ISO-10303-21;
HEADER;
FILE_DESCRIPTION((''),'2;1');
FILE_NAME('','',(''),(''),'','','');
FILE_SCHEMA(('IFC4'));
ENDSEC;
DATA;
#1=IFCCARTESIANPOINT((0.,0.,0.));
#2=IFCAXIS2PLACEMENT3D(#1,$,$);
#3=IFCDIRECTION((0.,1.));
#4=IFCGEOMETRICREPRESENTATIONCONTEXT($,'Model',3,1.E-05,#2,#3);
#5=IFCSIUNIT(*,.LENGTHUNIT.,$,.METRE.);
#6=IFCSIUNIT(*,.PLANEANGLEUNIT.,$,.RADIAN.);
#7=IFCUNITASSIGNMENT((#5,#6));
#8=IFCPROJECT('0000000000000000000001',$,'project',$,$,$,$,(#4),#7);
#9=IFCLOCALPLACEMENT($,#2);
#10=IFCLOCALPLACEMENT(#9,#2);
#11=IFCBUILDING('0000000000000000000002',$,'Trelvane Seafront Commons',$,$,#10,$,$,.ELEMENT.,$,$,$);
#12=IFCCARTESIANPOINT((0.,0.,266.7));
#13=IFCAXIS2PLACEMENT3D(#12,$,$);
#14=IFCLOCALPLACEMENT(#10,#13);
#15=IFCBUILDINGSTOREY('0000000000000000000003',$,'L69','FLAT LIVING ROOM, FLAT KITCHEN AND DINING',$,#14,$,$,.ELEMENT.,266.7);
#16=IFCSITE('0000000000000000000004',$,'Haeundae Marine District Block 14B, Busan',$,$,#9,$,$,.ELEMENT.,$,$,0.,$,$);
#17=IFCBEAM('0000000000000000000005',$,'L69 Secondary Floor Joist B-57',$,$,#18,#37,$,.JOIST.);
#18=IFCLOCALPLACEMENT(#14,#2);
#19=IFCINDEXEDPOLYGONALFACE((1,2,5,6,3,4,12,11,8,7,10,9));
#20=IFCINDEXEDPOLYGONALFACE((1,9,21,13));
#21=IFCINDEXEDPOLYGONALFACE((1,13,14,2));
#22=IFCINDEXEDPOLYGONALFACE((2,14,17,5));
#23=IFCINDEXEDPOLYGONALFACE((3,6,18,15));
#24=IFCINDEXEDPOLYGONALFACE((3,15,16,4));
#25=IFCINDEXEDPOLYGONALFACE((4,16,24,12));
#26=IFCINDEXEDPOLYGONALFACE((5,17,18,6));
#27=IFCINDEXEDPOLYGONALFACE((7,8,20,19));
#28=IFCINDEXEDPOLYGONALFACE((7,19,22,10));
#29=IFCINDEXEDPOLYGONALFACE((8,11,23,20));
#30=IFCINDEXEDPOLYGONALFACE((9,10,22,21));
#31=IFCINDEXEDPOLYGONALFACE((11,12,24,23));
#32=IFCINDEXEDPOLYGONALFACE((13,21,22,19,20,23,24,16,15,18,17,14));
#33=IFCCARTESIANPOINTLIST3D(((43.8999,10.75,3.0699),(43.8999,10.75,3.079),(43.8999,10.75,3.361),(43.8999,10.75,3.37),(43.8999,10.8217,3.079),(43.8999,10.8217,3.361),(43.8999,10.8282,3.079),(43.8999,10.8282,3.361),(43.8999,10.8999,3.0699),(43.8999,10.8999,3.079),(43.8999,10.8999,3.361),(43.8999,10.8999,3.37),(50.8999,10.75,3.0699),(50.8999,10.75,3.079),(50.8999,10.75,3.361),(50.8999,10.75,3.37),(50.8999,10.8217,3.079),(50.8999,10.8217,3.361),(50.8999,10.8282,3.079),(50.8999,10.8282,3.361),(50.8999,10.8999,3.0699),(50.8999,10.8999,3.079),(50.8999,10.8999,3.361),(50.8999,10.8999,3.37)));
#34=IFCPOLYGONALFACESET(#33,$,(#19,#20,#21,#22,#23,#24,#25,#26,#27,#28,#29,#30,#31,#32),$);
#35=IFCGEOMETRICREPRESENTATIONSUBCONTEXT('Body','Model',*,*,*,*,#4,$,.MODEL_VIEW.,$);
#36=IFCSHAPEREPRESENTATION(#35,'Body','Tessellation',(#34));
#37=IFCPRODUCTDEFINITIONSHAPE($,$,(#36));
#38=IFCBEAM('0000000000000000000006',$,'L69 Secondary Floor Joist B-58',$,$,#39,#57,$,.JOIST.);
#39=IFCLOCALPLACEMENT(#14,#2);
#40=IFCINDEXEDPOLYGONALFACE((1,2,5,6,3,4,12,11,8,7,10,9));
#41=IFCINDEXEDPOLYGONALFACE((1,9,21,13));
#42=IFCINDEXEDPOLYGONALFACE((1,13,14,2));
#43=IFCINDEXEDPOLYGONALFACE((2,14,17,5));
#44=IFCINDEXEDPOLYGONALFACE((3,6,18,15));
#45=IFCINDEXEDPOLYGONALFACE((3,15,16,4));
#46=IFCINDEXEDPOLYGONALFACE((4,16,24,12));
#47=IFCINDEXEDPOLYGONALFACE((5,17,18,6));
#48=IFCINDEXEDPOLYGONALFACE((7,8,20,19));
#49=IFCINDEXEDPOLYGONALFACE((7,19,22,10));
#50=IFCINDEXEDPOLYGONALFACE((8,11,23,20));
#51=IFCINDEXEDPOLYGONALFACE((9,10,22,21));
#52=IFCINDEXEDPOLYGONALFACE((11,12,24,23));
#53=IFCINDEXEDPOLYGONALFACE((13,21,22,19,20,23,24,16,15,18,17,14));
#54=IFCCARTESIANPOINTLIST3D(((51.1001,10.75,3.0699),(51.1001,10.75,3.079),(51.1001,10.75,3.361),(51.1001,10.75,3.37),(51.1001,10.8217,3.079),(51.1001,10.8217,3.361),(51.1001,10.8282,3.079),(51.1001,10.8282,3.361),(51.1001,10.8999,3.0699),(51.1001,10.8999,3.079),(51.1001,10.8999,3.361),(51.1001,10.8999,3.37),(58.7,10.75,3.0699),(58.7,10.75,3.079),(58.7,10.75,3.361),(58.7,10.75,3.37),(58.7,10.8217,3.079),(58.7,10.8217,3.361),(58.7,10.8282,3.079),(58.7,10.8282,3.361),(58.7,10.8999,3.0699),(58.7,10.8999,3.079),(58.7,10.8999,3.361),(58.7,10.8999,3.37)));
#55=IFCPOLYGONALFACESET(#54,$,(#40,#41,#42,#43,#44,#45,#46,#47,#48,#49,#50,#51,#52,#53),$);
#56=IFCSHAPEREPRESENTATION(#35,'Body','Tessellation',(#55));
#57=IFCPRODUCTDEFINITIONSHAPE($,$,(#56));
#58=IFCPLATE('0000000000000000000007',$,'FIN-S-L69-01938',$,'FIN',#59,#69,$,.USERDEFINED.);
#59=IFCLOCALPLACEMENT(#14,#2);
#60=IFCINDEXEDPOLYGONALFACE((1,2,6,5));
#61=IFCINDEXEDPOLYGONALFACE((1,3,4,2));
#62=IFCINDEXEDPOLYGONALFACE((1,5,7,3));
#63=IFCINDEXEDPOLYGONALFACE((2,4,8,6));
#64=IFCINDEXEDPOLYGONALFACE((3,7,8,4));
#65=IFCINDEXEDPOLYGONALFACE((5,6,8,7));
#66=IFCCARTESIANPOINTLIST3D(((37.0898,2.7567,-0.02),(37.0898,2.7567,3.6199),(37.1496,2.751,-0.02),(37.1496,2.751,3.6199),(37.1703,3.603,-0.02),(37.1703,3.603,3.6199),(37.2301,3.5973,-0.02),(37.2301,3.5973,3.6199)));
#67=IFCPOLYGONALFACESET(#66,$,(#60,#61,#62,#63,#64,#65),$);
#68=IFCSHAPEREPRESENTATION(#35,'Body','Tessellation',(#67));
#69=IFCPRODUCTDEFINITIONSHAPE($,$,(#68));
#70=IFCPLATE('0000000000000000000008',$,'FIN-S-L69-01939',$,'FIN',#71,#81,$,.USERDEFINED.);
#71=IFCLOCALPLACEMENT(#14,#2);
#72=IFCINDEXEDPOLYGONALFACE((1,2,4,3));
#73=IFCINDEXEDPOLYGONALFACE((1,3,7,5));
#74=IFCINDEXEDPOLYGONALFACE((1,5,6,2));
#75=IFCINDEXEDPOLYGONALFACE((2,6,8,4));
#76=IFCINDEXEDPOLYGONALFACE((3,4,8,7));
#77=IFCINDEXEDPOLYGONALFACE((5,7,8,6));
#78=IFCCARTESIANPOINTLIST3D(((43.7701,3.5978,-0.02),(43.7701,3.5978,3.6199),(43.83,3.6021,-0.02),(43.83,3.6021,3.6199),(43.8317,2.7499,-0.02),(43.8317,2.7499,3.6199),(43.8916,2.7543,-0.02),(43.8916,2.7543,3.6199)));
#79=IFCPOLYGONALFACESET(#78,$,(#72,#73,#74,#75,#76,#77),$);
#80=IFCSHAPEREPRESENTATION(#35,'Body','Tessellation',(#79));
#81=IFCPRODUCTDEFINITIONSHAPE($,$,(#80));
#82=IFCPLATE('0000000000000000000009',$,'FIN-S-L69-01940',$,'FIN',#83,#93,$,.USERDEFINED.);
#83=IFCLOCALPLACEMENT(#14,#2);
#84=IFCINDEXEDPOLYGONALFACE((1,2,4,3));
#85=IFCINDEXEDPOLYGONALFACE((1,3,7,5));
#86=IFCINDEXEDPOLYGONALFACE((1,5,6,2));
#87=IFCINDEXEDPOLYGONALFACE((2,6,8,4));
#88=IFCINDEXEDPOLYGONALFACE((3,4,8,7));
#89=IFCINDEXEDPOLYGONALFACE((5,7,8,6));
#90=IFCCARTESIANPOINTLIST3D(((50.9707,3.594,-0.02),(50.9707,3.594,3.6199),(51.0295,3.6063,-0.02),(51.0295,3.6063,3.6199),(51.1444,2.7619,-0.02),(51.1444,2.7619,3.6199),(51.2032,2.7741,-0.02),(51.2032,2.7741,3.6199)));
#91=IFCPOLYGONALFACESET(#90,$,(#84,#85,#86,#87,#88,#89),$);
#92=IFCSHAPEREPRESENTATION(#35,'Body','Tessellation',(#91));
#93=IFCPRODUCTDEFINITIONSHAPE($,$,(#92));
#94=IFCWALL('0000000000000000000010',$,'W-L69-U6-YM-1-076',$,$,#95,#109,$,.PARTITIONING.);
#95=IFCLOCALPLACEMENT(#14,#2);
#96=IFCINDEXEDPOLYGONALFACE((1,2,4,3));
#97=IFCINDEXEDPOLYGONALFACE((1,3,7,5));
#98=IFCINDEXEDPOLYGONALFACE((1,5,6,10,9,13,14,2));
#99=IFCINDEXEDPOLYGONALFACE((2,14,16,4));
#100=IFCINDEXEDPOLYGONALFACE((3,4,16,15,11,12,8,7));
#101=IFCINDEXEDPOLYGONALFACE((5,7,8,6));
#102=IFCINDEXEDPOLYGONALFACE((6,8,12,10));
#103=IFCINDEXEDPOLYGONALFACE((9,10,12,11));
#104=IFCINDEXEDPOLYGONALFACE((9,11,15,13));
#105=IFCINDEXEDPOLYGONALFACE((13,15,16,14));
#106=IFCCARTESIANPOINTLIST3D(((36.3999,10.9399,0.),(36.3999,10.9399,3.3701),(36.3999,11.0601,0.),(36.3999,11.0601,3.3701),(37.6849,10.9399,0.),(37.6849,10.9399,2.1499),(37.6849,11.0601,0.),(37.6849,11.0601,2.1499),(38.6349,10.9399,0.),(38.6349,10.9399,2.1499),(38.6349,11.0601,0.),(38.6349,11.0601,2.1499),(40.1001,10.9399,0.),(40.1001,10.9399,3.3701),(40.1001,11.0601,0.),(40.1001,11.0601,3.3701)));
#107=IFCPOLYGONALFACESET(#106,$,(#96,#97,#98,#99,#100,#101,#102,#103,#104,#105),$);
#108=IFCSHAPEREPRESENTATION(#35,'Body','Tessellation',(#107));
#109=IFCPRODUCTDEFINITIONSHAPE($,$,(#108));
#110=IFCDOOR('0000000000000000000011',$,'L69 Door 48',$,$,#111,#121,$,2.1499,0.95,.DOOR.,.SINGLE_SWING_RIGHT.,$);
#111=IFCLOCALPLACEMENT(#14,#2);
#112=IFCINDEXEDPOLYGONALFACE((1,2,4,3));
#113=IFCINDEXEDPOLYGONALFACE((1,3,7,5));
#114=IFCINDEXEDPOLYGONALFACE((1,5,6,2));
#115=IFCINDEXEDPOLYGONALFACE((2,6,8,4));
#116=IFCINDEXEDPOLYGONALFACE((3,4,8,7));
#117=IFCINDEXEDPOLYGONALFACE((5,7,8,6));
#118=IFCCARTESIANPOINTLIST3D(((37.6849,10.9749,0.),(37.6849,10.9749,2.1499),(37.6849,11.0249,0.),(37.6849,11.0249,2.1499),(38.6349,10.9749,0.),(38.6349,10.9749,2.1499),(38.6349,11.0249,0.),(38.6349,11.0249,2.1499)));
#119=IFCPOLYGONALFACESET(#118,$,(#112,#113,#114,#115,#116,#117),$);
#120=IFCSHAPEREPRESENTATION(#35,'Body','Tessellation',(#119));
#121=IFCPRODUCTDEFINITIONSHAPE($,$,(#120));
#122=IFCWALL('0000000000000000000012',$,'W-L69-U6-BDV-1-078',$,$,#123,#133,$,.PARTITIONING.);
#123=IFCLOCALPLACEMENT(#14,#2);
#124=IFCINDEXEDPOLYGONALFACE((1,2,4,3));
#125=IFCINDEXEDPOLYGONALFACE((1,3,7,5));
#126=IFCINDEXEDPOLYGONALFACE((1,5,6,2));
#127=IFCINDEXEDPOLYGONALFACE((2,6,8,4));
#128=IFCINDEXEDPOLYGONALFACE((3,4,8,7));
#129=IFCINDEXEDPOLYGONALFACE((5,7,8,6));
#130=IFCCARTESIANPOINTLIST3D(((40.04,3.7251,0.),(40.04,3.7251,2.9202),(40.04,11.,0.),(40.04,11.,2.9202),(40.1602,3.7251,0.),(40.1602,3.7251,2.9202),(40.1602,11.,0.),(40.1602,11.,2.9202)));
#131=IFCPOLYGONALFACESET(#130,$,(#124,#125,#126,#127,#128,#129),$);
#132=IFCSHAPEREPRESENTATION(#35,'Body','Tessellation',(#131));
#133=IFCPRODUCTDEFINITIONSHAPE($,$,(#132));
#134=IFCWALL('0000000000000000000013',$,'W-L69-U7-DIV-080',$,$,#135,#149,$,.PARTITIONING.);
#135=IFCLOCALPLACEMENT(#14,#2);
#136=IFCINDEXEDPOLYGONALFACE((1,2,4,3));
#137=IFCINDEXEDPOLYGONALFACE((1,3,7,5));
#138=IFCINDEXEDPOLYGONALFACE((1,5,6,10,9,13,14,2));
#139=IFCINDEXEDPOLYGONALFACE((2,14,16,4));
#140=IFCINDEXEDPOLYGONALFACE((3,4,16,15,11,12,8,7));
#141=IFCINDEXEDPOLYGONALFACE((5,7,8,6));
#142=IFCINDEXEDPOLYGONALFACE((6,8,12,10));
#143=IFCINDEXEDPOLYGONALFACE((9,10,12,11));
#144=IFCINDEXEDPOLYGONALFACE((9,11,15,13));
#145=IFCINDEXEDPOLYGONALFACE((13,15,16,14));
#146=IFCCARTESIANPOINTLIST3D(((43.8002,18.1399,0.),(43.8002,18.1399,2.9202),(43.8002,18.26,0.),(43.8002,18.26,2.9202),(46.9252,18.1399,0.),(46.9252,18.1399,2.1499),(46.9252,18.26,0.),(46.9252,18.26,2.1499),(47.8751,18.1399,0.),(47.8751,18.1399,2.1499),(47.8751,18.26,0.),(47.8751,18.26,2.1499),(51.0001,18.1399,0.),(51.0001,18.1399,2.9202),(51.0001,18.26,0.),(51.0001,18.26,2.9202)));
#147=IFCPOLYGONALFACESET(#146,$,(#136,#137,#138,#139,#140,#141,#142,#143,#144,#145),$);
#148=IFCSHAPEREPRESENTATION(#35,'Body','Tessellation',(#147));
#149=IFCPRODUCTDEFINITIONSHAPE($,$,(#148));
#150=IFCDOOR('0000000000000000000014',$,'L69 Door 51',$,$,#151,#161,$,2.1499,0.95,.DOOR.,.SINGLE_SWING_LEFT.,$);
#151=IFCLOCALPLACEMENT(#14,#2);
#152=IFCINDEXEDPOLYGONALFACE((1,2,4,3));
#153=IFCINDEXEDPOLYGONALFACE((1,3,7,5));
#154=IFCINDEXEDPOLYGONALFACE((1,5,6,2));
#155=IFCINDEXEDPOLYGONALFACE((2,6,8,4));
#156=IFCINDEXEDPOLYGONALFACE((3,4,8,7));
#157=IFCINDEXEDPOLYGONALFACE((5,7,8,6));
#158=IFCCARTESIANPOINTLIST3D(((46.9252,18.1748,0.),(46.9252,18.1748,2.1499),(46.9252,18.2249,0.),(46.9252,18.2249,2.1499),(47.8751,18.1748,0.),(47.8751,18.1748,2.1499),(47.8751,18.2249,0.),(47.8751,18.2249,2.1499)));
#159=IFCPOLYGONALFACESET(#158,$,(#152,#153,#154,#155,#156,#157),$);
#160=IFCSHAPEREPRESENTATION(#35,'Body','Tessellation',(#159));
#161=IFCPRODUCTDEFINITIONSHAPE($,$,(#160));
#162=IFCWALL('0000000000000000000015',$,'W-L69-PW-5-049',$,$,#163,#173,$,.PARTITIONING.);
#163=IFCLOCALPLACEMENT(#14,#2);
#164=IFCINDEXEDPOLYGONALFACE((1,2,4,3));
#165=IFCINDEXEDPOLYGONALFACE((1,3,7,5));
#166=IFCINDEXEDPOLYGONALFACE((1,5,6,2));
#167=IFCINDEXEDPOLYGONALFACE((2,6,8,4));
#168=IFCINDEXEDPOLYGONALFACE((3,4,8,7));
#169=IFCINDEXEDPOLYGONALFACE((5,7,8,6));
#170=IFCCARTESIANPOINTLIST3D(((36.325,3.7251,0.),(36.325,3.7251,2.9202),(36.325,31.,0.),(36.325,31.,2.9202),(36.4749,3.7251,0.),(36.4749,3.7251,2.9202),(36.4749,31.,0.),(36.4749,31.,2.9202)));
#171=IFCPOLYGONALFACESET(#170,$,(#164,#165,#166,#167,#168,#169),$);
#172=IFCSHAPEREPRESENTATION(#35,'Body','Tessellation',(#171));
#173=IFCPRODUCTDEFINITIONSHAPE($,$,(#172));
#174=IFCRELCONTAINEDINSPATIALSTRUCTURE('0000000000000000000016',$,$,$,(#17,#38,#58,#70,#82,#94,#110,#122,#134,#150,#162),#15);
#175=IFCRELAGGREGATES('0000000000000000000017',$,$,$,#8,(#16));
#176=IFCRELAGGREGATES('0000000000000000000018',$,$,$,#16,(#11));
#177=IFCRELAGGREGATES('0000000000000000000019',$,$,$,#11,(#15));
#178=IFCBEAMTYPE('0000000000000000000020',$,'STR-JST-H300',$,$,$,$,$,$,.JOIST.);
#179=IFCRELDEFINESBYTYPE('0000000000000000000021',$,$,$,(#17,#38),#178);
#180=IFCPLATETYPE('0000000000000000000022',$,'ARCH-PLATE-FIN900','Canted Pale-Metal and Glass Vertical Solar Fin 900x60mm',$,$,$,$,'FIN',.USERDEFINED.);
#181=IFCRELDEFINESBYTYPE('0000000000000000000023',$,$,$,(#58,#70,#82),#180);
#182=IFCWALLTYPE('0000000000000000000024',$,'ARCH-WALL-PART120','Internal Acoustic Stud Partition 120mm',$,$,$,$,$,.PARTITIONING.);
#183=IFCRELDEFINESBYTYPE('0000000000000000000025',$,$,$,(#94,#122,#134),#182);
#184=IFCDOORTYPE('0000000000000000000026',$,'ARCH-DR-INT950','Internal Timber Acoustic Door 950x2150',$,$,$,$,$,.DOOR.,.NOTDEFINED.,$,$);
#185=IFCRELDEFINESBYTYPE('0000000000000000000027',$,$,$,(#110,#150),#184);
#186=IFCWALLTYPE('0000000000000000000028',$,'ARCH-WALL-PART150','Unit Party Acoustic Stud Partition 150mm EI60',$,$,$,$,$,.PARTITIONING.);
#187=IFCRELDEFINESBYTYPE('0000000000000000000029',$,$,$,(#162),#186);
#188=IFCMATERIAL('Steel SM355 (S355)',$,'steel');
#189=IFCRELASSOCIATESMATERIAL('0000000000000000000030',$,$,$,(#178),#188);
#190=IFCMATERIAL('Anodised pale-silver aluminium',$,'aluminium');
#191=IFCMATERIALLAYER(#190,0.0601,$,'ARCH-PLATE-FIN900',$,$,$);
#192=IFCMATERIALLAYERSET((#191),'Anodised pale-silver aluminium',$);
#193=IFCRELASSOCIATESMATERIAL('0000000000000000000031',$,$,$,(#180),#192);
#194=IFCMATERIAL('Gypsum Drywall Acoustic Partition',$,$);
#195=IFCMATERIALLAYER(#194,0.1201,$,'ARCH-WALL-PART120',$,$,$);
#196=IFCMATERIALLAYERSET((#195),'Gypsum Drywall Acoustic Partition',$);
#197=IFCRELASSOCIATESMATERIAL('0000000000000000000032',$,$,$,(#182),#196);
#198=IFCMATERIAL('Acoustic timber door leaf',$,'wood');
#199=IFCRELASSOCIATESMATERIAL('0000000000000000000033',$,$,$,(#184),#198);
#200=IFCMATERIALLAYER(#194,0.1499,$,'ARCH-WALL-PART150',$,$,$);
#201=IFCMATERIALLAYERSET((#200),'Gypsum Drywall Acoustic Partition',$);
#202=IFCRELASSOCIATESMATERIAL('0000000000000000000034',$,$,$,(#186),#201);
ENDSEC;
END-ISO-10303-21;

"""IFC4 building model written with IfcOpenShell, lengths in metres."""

from ifc_helpers import new_model, si_unit, direction, frame, frame_2d, origin, origin_2d, place, context, subcontext, project, spatial, rectangle, i_section, extrude, source, transform, mapped, material, layer, layer_set, material_profile, profile_set, type_object, element, fill, save


model = new_model("IFC4")

# Units and contexts
model_context = context("Model", 3, precision=1e-05, world=origin(), true_north=direction((0.0, 1.0)))
body_context = subcontext(model_context, "Body", "Model", "MODEL_VIEW")
ifc_project = project(units=[si_unit("LENGTHUNIT", "METRE"), si_unit("PLANEANGLEUNIT", "RADIAN")], contexts=[model_context])

# Site, building, storey
site_placement = place(None, origin())
site = spatial("IfcSite", under=ifc_project, at=site_placement, Name="Haeundae Marine District Block 14B, Busan", CompositionType="ELEMENT", RefElevation=0.0)
building_placement = place(site_placement, origin())
building = spatial("IfcBuilding", under=site, at=building_placement, Name="Trelvane Seafront Commons", CompositionType="ELEMENT")
storey_placement = place(building_placement, frame((0.0, 0.0, 266.7)))
storey = spatial("IfcBuildingStorey", under=building, at=storey_placement, Name="L69", Description="FLAT LIVING ROOM, FLAT KITCHEN AND DINING", CompositionType="ELEMENT", Elevation=266.7)

# Shared definitions
ifc_material_1 = material(Name="Steel SM355 (S355)", Category="steel")

# Beams
ifc_material_profile_1 = material_profile(ifc_material_1, i_section(OverallWidth=0.1499, OverallDepth=0.3, WebThickness=0.0066, FlangeThickness=0.009, at=origin_2d()), Name="H-300x150x6.5x9")
ifc_profile_set_1 = profile_set([ifc_material_profile_1], Name="Steel SM355 (S355)")
beam_type_1 = type_object("IfcBeamType", Name="STR-JST-H300", PredefinedType="JOIST", material=ifc_profile_set_1)
shared_shape_1 = source(origin(), body_context, "Body", "SweptSolid", [
    extrude(i_section(OverallWidth=0.1499, OverallDepth=0.3, WebThickness=0.0066, FlangeThickness=0.009, at=origin_2d()), origin(), (0.0, 0.0, 1.0), 7.0),
])
beam_1_placement = place(storey_placement, frame((43.8999, 10.825, 3.22), z_axis=(1.0, 0.0, 0.0), x_axis=(0.0, 1.0, 0.0)))
element("IfcBeam", 1, at=beam_1_placement, inside=storey, type_object=beam_type_1, Name="L69 Secondary Floor Joist B-57", PredefinedType="JOIST", context=body_context, shape_type="MappedRepresentation", body=[
    mapped(shared_shape_1, transform((0.0, 0.0, 0.0), x_axis=(1.0, 0.0, 0.0), y_axis=(0.0, 1.0, 0.0), z_axis=(0.0, 0.0, 1.0), scale=1.0)),
])
shared_shape_2 = source(origin(), body_context, "Body", "SweptSolid", [
    extrude(i_section(OverallWidth=0.1499, OverallDepth=0.3, WebThickness=0.0066, FlangeThickness=0.009, at=origin_2d()), origin(), (0.0, 0.0, 1.0), 7.5999),
])
beam_2_placement = place(storey_placement, frame((51.1001, 10.825, 3.22), z_axis=(1.0, 0.0, 0.0), x_axis=(0.0, 1.0, 0.0)))
element("IfcBeam", 2, at=beam_2_placement, inside=storey, type_object=beam_type_1, Name="L69 Secondary Floor Joist B-58", PredefinedType="JOIST", context=body_context, shape_type="MappedRepresentation", body=[
    mapped(shared_shape_2, transform((0.0, 0.0, 0.0), x_axis=(1.0, 0.0, 0.0), y_axis=(0.0, 1.0, 0.0), z_axis=(0.0, 0.0, 1.0), scale=1.0)),
])

# Plates
ifc_material_2 = material(Name="Anodised pale-silver aluminium", Category="aluminium")
ifc_layer_1 = layer(ifc_material_2, 0.0601, Name="ARCH-PLATE-FIN900")
ifc_layer_set_1 = layer_set([ifc_layer_1], Name="Anodised pale-silver aluminium")
plate_type = type_object("IfcPlateType", Name="ARCH-PLATE-FIN900", Description="Canted Pale-Metal and Glass Vertical Solar Fin 900x60mm", ElementType="FIN", PredefinedType="USERDEFINED", material=ifc_layer_set_1)
shared_shape_3 = source(origin(), body_context, "Body", "SweptSolid", [
    extrude(rectangle(XDim=0.8501, YDim=0.0601, at=origin_2d()), origin(), (0.0, 0.0, 1.0), 3.6399),
])
for number, where, z_axis, x_axis, name in (
    (3, (37.1599, 3.177, -0.02), (0.0, 0.0, 1.0), (-0.094704, -0.995505, 0.0), "FIN-S-L69-01938"),
    (4, (43.8308, 3.176, -0.02), (0.0, 0.0, 1.0), (0.072467, -0.997371, 0.0), "FIN-S-L69-01939"),
    (5, (51.0869, 3.1841, -0.02), (0.0, 0.0, 1.0), (0.204344, -0.978899, 0.0), "FIN-S-L69-01940"),
):
    element("IfcPlate", number, at=place(storey_placement, frame(where, z_axis=z_axis, x_axis=x_axis)), inside=storey, type_object=plate_type, Name=name, ObjectType="FIN", PredefinedType="USERDEFINED", context=body_context, shape_type="MappedRepresentation", body=[
        mapped(shared_shape_3, transform((0.0, 0.0, 0.0), x_axis=(1.0, 0.0, 0.0), y_axis=(0.0, 1.0, 0.0), z_axis=(0.0, 0.0, 1.0), scale=1.0)),
    ])

# Wall, opening, door
ifc_material_3 = material(Name="Gypsum Drywall Acoustic Partition")
ifc_layer_2 = layer(ifc_material_3, 0.1201, Name="ARCH-WALL-PART120")
ifc_layer_set_2 = layer_set([ifc_layer_2], Name="Gypsum Drywall Acoustic Partition")
wall_type_1 = type_object("IfcWallType", Name="ARCH-WALL-PART120", Description="Internal Acoustic Stud Partition 120mm", PredefinedType="PARTITIONING", material=ifc_layer_set_2)
wall_1_placement = place(storey_placement, frame((36.3999, 11.0, 0.0), z_axis=(0.0, 0.0, 1.0), x_axis=(1.0, 0.0, 0.0)))
wall_1 = element("IfcWall", 6, at=wall_1_placement, inside=storey, type_object=wall_type_1, Name="W-L69-U6-YM-1-076", PredefinedType="PARTITIONING", context=body_context, shape_type="SweptSolid", body=[
    extrude(rectangle(XDim=3.7002, YDim=0.1201, at=frame_2d((1.8501, 0.0))), origin(), (0.0, 0.0, 1.0), 3.3701),
])
opening_1_placement = place(wall_1_placement, frame((1.2849, 0.0, 0.0)))
opening_1 = element("IfcOpeningElement", 7, at=opening_1_placement, cuts=wall_1, PredefinedType="OPENING", context=body_context, shape_type="SweptSolid", body=[
    extrude(rectangle(XDim=0.95, YDim=2.1499, at=frame_2d((0.4751, 1.075))), frame((0.0, 0.0701, 0.0), z_axis=(0.0, -1.0, 0.0), x_axis=(1.0, 0.0, 0.0)), (0.0, 0.0, 1.0), 0.1401),
])
ifc_material_4 = material(Name="Acoustic timber door leaf", Category="wood")
door_type = type_object("IfcDoorType", Name="ARCH-DR-INT950", Description="Internal Timber Acoustic Door 950x2150", OperationType="NOTDEFINED", PredefinedType="DOOR", material=ifc_material_4)
shared_shape_4 = source(origin(), body_context, "Body", "SweptSolid", [
    extrude(rectangle(XDim=0.95, YDim=2.1499, at=frame_2d((0.4751, 1.075))), frame((0.0, 0.0249, 0.0), z_axis=(0.0, -1.0, 0.0), x_axis=(1.0, 0.0, 0.0)), (0.0, 0.0, 1.0), 0.05),
])
door_1_placement = place(opening_1_placement, origin())
door_1 = element("IfcDoor", 8, at=door_1_placement, inside=storey, type_object=door_type, Name="L69 Door 48", OperationType="SINGLE_SWING_RIGHT", OverallHeight=2.1499, OverallWidth=0.95, PredefinedType="DOOR", context=body_context, shape_type="MappedRepresentation", body=[
    mapped(shared_shape_4, transform((0.0, 0.0, 0.0), x_axis=(1.0, 0.0, 0.0), y_axis=(0.0, 1.0, 0.0), z_axis=(0.0, 0.0, 1.0), scale=1.0)),
])
fill(opening_1, door_1)

# Wall
wall_2_placement = place(storey_placement, frame((40.1001, 3.7251, 0.0), z_axis=(0.0, 0.0, 1.0), x_axis=(0.0, 1.0, 0.0)))
element("IfcWall", 9, at=wall_2_placement, inside=storey, type_object=wall_type_1, Name="W-L69-U6-BDV-1-078", PredefinedType="PARTITIONING", context=body_context, shape_type="SweptSolid", body=[
    extrude(rectangle(XDim=7.2749, YDim=0.1201, at=frame_2d((3.6375, 0.0))), origin(), (0.0, 0.0, 1.0), 2.9202),
])

# Wall, opening, door
wall_3_placement = place(storey_placement, frame((43.8, 18.2, 0.0), z_axis=(0.0, 0.0, 1.0), x_axis=(1.0, 0.0, 0.0)))
wall_3 = element("IfcWall", 10, at=wall_3_placement, inside=storey, type_object=wall_type_1, Name="W-L69-U7-DIV-080", PredefinedType="PARTITIONING", context=body_context, shape_type="SweptSolid", body=[
    extrude(rectangle(XDim=7.2, YDim=0.1201, at=frame_2d((3.6001, 0.0))), origin(), (0.0, 0.0, 1.0), 2.9202),
])
opening_2_placement = place(wall_3_placement, frame((3.125, 0.0, 0.0)))
opening_2 = element("IfcOpeningElement", 11, at=opening_2_placement, cuts=wall_3, PredefinedType="OPENING", context=body_context, shape_type="SweptSolid", body=[
    extrude(rectangle(XDim=0.95, YDim=2.1499, at=frame_2d((0.4751, 1.075))), frame((0.0, 0.0701, 0.0), z_axis=(0.0, -1.0, 0.0), x_axis=(1.0, 0.0, 0.0)), (0.0, 0.0, 1.0), 0.1401),
])
door_2_placement = place(opening_2_placement, origin())
door_2 = element("IfcDoor", 12, at=door_2_placement, inside=storey, type_object=door_type, Name="L69 Door 51", OperationType="SINGLE_SWING_LEFT", OverallHeight=2.1499, OverallWidth=0.95, PredefinedType="DOOR", context=body_context, shape_type="MappedRepresentation", body=[
    mapped(shared_shape_4, transform((0.0, 0.0, 0.0), x_axis=(1.0, 0.0, 0.0), y_axis=(0.0, 1.0, 0.0), z_axis=(0.0, 0.0, 1.0), scale=1.0)),
])
fill(opening_2, door_2)

# Wall
ifc_layer_3 = layer(ifc_material_3, 0.1499, Name="ARCH-WALL-PART150")
ifc_layer_set_3 = layer_set([ifc_layer_3], Name="Gypsum Drywall Acoustic Partition")
wall_type_2 = type_object("IfcWallType", Name="ARCH-WALL-PART150", Description="Unit Party Acoustic Stud Partition 150mm EI60", PredefinedType="PARTITIONING", material=ifc_layer_set_3)
wall_4_placement = place(storey_placement, frame((36.3999, 3.7251, 0.0), z_axis=(0.0, 0.0, 1.0), x_axis=(0.0, 1.0, 0.0)))
element("IfcWall", 13, at=wall_4_placement, inside=storey, type_object=wall_type_2, Name="W-L69-PW-5-049", PredefinedType="PARTITIONING", context=body_context, shape_type="SweptSolid", body=[
    extrude(rectangle(XDim=27.2749, YDim=0.1499, at=frame_2d((13.6375, 0.0))), origin(), (0.0, 0.0, 1.0), 2.9202),
])

save(model, "model.ifc")
